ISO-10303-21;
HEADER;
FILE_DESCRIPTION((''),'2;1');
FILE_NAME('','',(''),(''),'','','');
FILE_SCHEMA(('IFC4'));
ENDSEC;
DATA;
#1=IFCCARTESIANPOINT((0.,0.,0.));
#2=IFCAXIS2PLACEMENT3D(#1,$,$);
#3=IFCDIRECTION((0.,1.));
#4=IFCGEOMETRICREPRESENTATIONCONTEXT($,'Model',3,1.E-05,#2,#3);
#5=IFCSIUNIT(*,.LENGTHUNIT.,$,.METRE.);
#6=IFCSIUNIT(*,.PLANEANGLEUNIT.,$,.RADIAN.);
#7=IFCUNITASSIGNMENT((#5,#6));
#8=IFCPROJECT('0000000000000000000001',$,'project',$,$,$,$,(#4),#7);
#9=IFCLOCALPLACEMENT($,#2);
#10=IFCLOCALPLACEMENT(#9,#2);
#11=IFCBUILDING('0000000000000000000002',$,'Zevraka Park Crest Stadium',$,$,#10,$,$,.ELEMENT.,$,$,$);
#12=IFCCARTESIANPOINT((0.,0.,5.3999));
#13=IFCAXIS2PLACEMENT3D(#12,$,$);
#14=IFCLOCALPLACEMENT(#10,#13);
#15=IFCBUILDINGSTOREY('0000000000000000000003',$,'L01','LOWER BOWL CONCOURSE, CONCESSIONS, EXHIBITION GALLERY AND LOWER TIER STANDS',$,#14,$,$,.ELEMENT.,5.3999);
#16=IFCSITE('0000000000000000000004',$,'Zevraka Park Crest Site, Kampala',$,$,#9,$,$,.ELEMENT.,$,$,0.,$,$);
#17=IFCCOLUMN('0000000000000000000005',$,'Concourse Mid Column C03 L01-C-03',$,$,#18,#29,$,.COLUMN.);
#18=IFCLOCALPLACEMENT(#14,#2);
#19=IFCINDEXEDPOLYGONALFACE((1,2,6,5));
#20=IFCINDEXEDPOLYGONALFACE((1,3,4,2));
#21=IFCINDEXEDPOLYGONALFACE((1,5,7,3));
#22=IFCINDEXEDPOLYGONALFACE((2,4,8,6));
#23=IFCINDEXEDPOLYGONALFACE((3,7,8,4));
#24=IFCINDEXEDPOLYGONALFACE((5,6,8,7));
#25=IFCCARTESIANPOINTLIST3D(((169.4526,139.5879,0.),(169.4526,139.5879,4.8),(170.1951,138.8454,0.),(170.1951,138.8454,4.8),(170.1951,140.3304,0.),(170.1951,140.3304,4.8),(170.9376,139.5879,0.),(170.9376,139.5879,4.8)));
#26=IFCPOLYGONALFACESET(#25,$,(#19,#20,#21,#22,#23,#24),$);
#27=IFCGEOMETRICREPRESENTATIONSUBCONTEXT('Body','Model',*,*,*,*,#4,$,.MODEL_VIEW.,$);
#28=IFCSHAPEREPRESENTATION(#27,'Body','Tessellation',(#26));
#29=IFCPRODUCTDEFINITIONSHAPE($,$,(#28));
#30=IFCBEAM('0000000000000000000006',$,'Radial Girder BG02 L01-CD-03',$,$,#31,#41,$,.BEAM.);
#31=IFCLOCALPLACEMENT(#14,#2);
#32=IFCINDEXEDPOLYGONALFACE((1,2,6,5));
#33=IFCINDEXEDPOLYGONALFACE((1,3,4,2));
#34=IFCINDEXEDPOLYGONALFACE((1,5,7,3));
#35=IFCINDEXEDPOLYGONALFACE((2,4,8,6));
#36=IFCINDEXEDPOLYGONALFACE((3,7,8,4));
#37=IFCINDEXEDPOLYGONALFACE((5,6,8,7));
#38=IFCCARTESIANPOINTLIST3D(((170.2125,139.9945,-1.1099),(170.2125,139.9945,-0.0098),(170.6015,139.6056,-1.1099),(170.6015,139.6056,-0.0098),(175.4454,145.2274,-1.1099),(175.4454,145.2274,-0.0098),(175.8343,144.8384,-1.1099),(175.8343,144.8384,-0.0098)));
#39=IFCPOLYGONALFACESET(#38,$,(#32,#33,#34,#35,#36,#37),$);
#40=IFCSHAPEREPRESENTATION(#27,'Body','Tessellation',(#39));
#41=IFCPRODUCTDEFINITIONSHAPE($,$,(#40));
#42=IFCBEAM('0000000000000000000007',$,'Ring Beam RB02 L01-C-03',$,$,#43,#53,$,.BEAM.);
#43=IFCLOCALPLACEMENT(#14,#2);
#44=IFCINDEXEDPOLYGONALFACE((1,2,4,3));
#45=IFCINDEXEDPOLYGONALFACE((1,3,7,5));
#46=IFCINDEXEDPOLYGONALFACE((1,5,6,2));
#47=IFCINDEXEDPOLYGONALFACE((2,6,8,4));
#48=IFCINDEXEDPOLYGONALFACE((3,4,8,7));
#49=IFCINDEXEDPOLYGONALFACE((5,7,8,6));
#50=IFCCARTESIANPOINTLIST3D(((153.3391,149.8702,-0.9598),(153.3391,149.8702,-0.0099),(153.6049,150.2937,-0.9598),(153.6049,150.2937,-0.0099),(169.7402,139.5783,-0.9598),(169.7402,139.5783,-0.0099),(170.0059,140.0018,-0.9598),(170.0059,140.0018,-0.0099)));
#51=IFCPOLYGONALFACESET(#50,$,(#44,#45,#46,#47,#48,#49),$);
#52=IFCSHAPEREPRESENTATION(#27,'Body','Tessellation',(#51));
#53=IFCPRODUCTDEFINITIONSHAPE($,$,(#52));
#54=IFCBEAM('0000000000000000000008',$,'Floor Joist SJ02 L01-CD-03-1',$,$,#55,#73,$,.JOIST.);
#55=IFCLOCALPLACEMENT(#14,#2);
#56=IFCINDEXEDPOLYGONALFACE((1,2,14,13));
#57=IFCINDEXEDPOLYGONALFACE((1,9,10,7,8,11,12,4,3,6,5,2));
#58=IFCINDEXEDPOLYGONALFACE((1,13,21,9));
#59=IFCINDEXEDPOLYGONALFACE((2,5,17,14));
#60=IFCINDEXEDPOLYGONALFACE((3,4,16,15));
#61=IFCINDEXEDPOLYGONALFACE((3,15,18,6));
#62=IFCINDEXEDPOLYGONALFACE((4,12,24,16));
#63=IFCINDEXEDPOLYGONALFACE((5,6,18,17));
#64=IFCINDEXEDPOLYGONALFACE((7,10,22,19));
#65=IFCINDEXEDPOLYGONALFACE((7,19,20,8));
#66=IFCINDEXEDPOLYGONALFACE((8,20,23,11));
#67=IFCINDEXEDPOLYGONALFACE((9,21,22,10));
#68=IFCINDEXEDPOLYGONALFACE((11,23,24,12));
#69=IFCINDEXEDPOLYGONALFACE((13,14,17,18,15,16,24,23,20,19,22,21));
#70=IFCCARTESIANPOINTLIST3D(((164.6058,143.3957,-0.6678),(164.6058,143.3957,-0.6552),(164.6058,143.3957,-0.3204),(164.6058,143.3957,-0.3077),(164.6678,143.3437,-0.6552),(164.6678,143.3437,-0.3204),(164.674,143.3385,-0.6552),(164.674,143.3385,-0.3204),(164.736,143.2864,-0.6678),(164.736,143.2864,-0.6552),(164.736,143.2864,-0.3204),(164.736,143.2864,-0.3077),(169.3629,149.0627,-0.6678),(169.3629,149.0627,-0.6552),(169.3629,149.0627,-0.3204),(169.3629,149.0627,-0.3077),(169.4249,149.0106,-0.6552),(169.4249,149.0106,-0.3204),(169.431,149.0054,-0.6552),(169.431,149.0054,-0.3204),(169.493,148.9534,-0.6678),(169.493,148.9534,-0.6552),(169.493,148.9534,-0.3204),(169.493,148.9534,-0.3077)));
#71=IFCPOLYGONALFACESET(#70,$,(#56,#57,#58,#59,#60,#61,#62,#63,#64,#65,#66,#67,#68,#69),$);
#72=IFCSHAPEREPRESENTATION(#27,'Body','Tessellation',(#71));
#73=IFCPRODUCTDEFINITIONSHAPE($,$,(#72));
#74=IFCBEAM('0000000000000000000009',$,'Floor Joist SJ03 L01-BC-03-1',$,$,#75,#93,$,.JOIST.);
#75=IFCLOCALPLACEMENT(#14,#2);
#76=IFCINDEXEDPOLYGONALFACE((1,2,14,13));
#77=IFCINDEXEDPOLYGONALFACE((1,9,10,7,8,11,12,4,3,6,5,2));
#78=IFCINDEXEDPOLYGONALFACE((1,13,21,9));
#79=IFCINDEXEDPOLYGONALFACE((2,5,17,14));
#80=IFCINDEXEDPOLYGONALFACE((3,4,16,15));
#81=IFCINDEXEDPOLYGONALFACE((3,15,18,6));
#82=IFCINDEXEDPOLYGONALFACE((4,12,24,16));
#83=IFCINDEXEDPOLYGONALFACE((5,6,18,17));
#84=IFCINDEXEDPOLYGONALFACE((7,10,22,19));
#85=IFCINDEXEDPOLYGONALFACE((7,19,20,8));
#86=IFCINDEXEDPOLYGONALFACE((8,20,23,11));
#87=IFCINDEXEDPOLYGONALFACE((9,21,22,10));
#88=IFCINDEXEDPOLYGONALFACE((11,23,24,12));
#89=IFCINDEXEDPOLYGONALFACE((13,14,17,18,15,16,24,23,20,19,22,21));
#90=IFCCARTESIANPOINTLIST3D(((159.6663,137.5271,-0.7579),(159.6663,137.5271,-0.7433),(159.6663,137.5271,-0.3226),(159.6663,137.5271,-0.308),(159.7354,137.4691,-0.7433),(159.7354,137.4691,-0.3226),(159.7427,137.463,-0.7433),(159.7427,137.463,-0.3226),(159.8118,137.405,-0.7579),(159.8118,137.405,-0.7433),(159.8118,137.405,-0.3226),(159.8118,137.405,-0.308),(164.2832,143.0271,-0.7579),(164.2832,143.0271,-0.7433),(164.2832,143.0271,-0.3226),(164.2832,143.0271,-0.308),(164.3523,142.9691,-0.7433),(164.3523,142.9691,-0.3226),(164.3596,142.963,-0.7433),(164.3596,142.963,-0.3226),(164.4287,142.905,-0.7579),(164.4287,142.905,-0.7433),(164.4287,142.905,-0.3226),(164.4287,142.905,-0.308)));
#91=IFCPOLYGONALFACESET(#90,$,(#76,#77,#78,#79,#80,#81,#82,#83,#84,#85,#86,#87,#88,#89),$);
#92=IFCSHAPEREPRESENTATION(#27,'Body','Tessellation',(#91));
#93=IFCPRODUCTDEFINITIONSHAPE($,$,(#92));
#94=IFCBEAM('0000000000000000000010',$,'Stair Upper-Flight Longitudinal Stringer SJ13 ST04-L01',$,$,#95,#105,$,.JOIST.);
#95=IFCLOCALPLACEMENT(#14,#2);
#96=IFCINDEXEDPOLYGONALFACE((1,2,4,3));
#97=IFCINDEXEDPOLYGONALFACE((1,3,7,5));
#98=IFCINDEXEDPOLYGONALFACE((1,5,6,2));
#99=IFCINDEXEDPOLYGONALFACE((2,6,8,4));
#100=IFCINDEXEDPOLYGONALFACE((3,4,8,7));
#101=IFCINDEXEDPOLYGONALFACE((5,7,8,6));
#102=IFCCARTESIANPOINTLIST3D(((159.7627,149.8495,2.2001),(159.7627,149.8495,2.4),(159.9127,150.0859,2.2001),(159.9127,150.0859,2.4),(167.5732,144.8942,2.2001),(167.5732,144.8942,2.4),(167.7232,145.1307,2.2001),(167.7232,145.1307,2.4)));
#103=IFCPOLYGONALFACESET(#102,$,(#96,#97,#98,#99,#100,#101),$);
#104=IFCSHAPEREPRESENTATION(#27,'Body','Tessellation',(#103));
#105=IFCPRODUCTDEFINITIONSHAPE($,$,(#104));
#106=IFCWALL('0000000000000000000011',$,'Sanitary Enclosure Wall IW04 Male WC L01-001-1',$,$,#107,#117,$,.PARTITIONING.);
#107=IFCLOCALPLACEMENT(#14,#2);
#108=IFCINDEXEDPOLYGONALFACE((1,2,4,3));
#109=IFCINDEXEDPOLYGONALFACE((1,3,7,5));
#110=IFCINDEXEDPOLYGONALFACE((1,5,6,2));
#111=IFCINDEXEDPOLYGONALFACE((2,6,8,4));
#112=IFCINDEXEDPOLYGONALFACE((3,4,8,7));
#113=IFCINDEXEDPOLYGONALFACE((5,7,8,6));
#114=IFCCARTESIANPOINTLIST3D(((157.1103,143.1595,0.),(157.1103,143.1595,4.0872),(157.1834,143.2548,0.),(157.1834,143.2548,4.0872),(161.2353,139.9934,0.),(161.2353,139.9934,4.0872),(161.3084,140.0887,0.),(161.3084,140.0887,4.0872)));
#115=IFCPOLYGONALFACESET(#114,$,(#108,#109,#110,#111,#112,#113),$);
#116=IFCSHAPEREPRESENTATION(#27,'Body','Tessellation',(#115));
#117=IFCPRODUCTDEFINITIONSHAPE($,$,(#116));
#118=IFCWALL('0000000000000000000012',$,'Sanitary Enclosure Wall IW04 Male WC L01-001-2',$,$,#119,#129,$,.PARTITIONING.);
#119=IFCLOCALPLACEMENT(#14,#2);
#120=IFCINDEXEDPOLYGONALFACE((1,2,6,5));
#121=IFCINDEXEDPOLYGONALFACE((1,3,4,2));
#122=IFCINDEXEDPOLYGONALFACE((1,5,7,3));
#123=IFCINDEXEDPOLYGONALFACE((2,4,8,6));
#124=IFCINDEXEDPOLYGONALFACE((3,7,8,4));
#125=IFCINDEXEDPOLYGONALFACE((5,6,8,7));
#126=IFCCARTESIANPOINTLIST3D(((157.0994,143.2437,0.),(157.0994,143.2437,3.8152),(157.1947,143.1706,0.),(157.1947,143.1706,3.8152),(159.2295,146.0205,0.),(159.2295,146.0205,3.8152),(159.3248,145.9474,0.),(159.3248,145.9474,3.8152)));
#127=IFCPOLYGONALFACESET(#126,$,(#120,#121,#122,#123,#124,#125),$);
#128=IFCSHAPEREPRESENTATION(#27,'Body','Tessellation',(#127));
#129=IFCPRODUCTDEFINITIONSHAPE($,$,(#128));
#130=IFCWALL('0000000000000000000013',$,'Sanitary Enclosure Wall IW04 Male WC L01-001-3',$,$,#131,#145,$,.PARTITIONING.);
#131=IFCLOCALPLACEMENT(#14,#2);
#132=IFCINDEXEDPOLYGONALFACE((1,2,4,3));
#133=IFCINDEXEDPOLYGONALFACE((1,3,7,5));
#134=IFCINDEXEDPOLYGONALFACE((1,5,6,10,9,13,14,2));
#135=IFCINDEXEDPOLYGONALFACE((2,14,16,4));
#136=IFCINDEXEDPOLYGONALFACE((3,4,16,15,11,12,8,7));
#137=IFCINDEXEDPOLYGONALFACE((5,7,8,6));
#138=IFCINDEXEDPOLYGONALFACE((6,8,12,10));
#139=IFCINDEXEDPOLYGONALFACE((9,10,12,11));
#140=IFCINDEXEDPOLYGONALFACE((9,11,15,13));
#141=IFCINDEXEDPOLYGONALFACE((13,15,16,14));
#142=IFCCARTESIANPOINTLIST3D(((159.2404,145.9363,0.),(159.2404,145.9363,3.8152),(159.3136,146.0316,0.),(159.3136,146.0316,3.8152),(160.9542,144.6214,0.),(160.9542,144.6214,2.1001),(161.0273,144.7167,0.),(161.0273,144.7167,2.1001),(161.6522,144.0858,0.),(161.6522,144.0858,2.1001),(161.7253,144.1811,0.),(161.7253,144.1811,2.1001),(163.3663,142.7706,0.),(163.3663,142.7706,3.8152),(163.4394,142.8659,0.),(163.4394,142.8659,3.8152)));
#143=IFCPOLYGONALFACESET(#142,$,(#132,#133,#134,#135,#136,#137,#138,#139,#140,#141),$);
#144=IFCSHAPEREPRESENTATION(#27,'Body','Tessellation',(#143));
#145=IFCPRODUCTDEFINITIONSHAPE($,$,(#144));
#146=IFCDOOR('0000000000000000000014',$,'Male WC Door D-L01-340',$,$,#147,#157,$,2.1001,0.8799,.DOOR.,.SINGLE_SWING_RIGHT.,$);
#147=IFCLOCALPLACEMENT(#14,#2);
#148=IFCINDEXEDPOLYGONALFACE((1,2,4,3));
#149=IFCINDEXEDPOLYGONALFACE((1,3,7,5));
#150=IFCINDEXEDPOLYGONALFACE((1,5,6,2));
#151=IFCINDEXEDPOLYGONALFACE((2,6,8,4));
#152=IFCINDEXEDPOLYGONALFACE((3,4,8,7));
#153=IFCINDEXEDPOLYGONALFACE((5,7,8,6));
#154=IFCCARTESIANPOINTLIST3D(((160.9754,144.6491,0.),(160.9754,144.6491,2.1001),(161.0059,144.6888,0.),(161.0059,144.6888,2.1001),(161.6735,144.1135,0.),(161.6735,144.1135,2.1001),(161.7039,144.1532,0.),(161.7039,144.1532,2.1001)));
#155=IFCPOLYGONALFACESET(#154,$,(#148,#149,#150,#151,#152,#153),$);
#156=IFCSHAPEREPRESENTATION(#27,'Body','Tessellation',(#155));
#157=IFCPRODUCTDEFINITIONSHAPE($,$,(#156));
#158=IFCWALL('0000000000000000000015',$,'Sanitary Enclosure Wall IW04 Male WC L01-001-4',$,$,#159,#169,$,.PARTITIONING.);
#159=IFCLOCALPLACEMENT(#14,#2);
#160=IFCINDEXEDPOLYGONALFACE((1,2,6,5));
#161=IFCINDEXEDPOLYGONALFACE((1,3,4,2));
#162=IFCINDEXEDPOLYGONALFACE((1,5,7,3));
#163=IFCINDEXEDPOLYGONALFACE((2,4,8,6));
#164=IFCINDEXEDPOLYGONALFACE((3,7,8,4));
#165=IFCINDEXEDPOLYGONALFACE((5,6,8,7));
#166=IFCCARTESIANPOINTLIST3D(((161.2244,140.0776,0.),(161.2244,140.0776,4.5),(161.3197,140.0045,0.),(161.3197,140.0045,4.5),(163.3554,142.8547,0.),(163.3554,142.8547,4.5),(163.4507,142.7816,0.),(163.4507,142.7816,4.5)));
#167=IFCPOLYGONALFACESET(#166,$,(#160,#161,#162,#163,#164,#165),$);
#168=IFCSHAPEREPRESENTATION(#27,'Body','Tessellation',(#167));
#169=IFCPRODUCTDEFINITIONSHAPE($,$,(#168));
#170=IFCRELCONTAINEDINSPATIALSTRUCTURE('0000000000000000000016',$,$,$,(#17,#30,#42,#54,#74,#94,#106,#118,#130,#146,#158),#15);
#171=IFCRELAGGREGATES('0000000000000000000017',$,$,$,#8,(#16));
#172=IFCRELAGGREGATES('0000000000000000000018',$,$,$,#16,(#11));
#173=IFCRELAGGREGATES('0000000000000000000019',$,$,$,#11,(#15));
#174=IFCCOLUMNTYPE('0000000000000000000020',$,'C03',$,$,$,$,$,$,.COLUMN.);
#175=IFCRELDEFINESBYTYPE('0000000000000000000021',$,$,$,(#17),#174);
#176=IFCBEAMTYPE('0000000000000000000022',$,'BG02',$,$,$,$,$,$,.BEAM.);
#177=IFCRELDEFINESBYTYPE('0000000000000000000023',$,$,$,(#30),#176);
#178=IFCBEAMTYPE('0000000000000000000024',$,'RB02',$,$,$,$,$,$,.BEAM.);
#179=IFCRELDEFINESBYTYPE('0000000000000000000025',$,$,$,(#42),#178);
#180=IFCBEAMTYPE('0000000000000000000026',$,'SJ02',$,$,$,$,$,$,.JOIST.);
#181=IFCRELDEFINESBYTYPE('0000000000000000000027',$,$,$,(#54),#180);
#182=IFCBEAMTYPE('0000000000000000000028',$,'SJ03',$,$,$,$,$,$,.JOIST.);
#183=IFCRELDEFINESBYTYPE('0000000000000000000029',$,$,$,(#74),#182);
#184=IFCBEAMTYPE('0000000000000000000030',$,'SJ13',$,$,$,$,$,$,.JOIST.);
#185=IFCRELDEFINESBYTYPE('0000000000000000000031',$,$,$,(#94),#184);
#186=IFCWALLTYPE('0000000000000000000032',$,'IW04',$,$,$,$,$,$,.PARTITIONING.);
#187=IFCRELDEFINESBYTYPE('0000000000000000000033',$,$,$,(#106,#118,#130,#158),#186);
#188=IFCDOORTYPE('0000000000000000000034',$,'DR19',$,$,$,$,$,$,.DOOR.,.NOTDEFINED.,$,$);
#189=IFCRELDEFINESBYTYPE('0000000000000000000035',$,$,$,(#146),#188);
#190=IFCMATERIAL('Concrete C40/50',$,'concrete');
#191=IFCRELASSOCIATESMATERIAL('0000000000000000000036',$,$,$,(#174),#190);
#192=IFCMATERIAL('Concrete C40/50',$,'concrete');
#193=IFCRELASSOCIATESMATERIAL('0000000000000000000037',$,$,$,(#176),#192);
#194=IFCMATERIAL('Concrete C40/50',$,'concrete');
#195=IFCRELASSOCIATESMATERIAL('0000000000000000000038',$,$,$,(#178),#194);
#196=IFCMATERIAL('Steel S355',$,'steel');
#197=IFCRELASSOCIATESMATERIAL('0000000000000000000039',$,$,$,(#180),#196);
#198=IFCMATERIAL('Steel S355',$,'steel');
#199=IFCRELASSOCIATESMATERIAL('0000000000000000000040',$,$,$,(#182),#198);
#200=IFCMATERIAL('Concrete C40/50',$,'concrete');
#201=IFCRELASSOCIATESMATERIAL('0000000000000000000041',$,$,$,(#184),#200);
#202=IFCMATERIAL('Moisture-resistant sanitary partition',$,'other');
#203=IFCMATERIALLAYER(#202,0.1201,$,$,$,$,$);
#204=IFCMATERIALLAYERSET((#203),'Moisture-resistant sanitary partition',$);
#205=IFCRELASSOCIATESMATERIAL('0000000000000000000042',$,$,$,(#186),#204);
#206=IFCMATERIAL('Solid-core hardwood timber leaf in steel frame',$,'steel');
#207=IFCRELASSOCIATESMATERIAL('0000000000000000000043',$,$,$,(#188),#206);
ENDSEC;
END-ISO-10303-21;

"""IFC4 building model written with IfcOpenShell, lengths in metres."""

from ifc_helpers import new_model, si_unit, direction, frame, frame_2d, origin, origin_2d, place, context, subcontext, project, spatial, rectangle, i_section, extrude, material, layer, layer_set, material_profile, profile_set, type_object, element, fill, save


model = new_model("IFC4")

# Units and contexts
model_context = context("Model", 3, precision=1e-05, world=origin(), true_north=direction((0.0, 1.0)))
body_context = subcontext(model_context, "Body", "Model", "MODEL_VIEW")
ifc_project = project(units=[si_unit("LENGTHUNIT", "METRE"), si_unit("PLANEANGLEUNIT", "RADIAN")], contexts=[model_context])

# Site, building, storey
site_placement = place(None, origin())
site = spatial("IfcSite", under=ifc_project, at=site_placement, Name="Zevraka Park Crest Site, Kampala", CompositionType="ELEMENT", RefElevation=0.0)
building_placement = place(site_placement, origin())
building = spatial("IfcBuilding", under=site, at=building_placement, Name="Zevraka Park Crest Stadium", CompositionType="ELEMENT")
storey_placement = place(building_placement, frame((0.0, 0.0, 5.3999)))
storey = spatial("IfcBuildingStorey", under=building, at=storey_placement, Name="L01", Description="LOWER BOWL CONCOURSE, CONCESSIONS, EXHIBITION GALLERY AND LOWER TIER STANDS", CompositionType="ELEMENT", Elevation=5.3999)

# Column
ifc_material_1 = material(Name="Concrete C40/50", Category="concrete")
ifc_material_profile_1 = material_profile(ifc_material_1, rectangle(XDim=1.05, YDim=1.05, at=origin_2d()), Name="RC 1050x1050")
ifc_profile_set_1 = profile_set([ifc_material_profile_1], Name="Concrete C40/50")
column_type = type_object("IfcColumnType", Name="C03", PredefinedType="COLUMN", material=ifc_profile_set_1)
column_placement = place(storey_placement, frame((170.1951, 139.5879, 0.0), z_axis=(0.0, 0.0, 1.0), x_axis=(0.707107, 0.707107, 0.0)))
element("IfcColumn", 1, at=column_placement, inside=storey, type_object=column_type, Name="Concourse Mid Column C03 L01-C-03", PredefinedType="COLUMN", context=body_context, shape_type="SweptSolid", body=[
    extrude(rectangle(XDim=1.05, YDim=1.05, at=origin_2d()), origin(), (0.0, 0.0, 1.0), 4.8),
])

# Beams
ifc_material_2 = material(Name="Concrete C40/50", Category="concrete")
ifc_material_profile_2 = material_profile(ifc_material_2, rectangle(XDim=0.55, YDim=1.1001, at=origin_2d()), Name="RC 1100x550")
ifc_profile_set_2 = profile_set([ifc_material_profile_2], Name="Concrete C40/50")
beam_type_1 = type_object("IfcBeamType", Name="BG02", PredefinedType="BEAM", material=ifc_profile_set_2)
beam_1_placement = place(storey_placement, frame((170.407, 139.8, -0.5598), z_axis=(0.707107, 0.707107, 0.0), x_axis=(-0.707107, 0.707107, 0.0)))
element("IfcBeam", 2, at=beam_1_placement, inside=storey, type_object=beam_type_1, Name="Radial Girder BG02 L01-CD-03", PredefinedType="BEAM", context=body_context, shape_type="SweptSolid", body=[
    extrude(rectangle(XDim=0.55, YDim=1.1001, at=origin_2d()), origin(), (0.0, 0.0, 1.0), 7.4004),
])
ifc_material_3 = material(Name="Concrete C40/50", Category="concrete")
ifc_material_profile_3 = material_profile(ifc_material_3, rectangle(XDim=0.5, YDim=0.95, at=origin_2d()), Name="RC 950x500")
ifc_profile_set_3 = profile_set([ifc_material_profile_3], Name="Concrete C40/50")
beam_type_2 = type_object("IfcBeamType", Name="RB02", PredefinedType="BEAM", material=ifc_profile_set_3)
beam_2_placement = place(storey_placement, frame((169.873, 139.79, -0.4849), z_axis=(-0.847039, 0.531532, 0.0), x_axis=(-0.531532, -0.847039, 0.0)))
element("IfcBeam", 3, at=beam_2_placement, inside=storey, type_object=beam_type_2, Name="Ring Beam RB02 L01-C-03", PredefinedType="BEAM", context=body_context, shape_type="SweptSolid", body=[
    extrude(rectangle(XDim=0.5, YDim=0.95, at=origin_2d()), origin(), (0.0, 0.0, 1.0), 19.3628),
])
ifc_material_4 = material(Name="Steel S355", Category="steel")
ifc_material_profile_4 = material_profile(ifc_material_4, i_section(OverallWidth=0.1699, OverallDepth=0.3601, WebThickness=0.0081, FlangeThickness=0.0127, at=origin_2d()), Name="IPE 360")
ifc_profile_set_4 = profile_set([ifc_material_profile_4], Name="Steel S355")
beam_type_3 = type_object("IfcBeamType", Name="SJ02", PredefinedType="JOIST", material=ifc_profile_set_4)
beam_3_placement = place(storey_placement, frame((164.6709, 143.3411, -0.4878), z_axis=(0.642939, 0.765917, 0.0), x_axis=(-0.765917, 0.642939, 0.0)))
element("IfcBeam", 4, at=beam_3_placement, inside=storey, type_object=beam_type_3, Name="Floor Joist SJ02 L01-CD-03-1", PredefinedType="JOIST", context=body_context, shape_type="SweptSolid", body=[
    extrude(i_section(OverallWidth=0.1699, OverallDepth=0.3601, WebThickness=0.0081, FlangeThickness=0.0127, at=origin_2d()), origin(), (0.0, 0.0, 1.0), 7.3989),
])
ifc_material_5 = material(Name="Steel S355", Category="steel")
ifc_material_profile_5 = material_profile(ifc_material_5, i_section(OverallWidth=0.1899, OverallDepth=0.45, WebThickness=0.0095, FlangeThickness=0.0146, at=origin_2d()), Name="IPE 450")
ifc_profile_set_5 = profile_set([ifc_material_profile_5], Name="Steel S355")
beam_type_4 = type_object("IfcBeamType", Name="SJ03", PredefinedType="JOIST", material=ifc_profile_set_5)
beam_4_placement = place(storey_placement, frame((159.739, 137.4661, -0.533), z_axis=(0.642942, 0.765914, 0.0), x_axis=(-0.765914, 0.642942, 0.0)))
element("IfcBeam", 5, at=beam_4_placement, inside=storey, type_object=beam_type_4, Name="Floor Joist SJ03 L01-BC-03-1", PredefinedType="JOIST", context=body_context, shape_type="SweptSolid", body=[
    extrude(i_section(OverallWidth=0.1899, OverallDepth=0.45, WebThickness=0.0095, FlangeThickness=0.0146, at=origin_2d()), origin(), (0.0, 0.0, 1.0), 7.1809),
])
ifc_material_6 = material(Name="Concrete C40/50", Category="concrete")
ifc_material_profile_6 = material_profile(ifc_material_6, rectangle(XDim=0.28, YDim=0.2, at=origin_2d()), Name="RC 200x280")
ifc_profile_set_6 = profile_set([ifc_material_profile_6], Name="Concrete C40/50")
beam_type_5 = type_object("IfcBeamType", Name="SJ13", PredefinedType="JOIST", material=ifc_profile_set_6)
beam_5_placement = place(storey_placement, frame((167.6482, 145.0125, 2.3), z_axis=(-0.844396, 0.535719, 0.0), x_axis=(-0.535719, -0.844396, 0.0)))
element("IfcBeam", 6, at=beam_5_placement, inside=storey, type_object=beam_type_5, Name="Stair Upper-Flight Longitudinal Stringer SJ13 ST04-L01", PredefinedType="JOIST", context=body_context, shape_type="SweptSolid", body=[
    extrude(rectangle(XDim=0.28, YDim=0.2, at=origin_2d()), origin(), (0.0, 0.0, 1.0), 9.2498),
])

# Walls
ifc_material_7 = material(Name="Moisture-resistant sanitary partition", Category="other")
ifc_layer_1 = layer(ifc_material_7, 0.1201)
ifc_layer_set_1 = layer_set([ifc_layer_1], Name="Moisture-resistant sanitary partition")
wall_type_1 = type_object("IfcWallType", Name="IW04", PredefinedType="PARTITIONING", material=ifc_layer_set_1)
wall_1_placement = place(storey_placement, frame((161.272, 140.041, 0.0), z_axis=(0.0, 0.0, 1.0), x_axis=(-0.79328, 0.608857, 0.0)))
element("IfcWall", 7, at=wall_1_placement, inside=storey, type_object=wall_type_1, Name="Sanitary Enclosure Wall IW04 Male WC L01-001-1", PredefinedType="PARTITIONING", context=body_context, shape_type="SweptSolid", body=[
    extrude(rectangle(XDim=5.2, YDim=0.1201, at=frame_2d((2.6001, 0.0))), origin(), (0.0, 0.0, 1.0), 4.0872),
])
wall_2_placement = place(storey_placement, frame((157.147, 143.207, 0.0), z_axis=(0.0, 0.0, 1.0), x_axis=(0.608648, 0.79344, 0.0)))
element("IfcWall", 8, at=wall_2_placement, inside=storey, type_object=wall_type_1, Name="Sanitary Enclosure Wall IW04 Male WC L01-001-2", PredefinedType="PARTITIONING", context=body_context, shape_type="SweptSolid", body=[
    extrude(rectangle(XDim=3.4998, YDim=0.1201, at=frame_2d((1.75, 0.0))), origin(), (0.0, 0.0, 1.0), 3.8152),
])

# Wall, opening, door
wall_3_placement = place(storey_placement, frame((159.2771, 145.9839, 0.0), z_axis=(0.0, 0.0, 1.0), x_axis=(0.793372, -0.608737, 0.0)))
wall_3 = element("IfcWall", 9, at=wall_3_placement, inside=storey, type_object=wall_type_1, Name="Sanitary Enclosure Wall IW04 Male WC L01-001-3", PredefinedType="PARTITIONING", context=body_context, shape_type="SweptSolid", body=[
    extrude(rectangle(XDim=5.2004, YDim=0.1201, at=frame_2d((2.6001, 0.0))), origin(), (0.0, 0.0, 1.0), 3.8152),
])
opening_1_placement = place(wall_3_placement, frame((2.1599, 0.0, 0.0)))
opening_1 = element("IfcOpeningElement", 10, at=opening_1_placement, cuts=wall_3, PredefinedType="OPENING", context=body_context, shape_type="SweptSolid", body=[
    extrude(rectangle(XDim=0.8799, YDim=2.1001, at=frame_2d((0.4399, 1.05))), frame((0.0, 0.0701, 0.0), z_axis=(0.0, -1.0, 0.0), x_axis=(1.0, 0.0, 0.0)), (0.0, 0.0, 1.0), 0.1401),
])
ifc_material_8 = material(Name="Solid-core hardwood timber leaf in steel frame", Category="steel")
door_type_1 = type_object("IfcDoorType", Name="DR19", OperationType="NOTDEFINED", PredefinedType="DOOR", material=ifc_material_8)
door_1_placement = place(opening_1_placement, origin())
door_1 = element("IfcDoor", 11, at=door_1_placement, inside=storey, type_object=door_type_1, Name="Male WC Door D-L01-340", OperationType="SINGLE_SWING_RIGHT", OverallHeight=2.1001, OverallWidth=0.8799, PredefinedType="DOOR", context=body_context, shape_type="SweptSolid", body=[
    extrude(rectangle(XDim=0.8799, YDim=2.1001, at=frame_2d((0.4399, 1.05))), frame((0.0, 0.0249, 0.0), z_axis=(0.0, -1.0, 0.0), x_axis=(1.0, 0.0, 0.0)), (0.0, 0.0, 1.0), 0.05),
])
fill(opening_1, door_1)

# Wall
wall_4_placement = place(storey_placement, frame((163.4031, 142.8181, 0.0), z_axis=(0.0, 0.0, 1.0), x_axis=(-0.60879, -0.793331, 0.0)))
element("IfcWall", 12, at=wall_4_placement, inside=storey, type_object=wall_type_1, Name="Sanitary Enclosure Wall IW04 Male WC L01-001-4", PredefinedType="PARTITIONING", context=body_context, shape_type="SweptSolid", body=[
    extrude(rectangle(XDim=3.5005, YDim=0.1201, at=frame_2d((1.7502, 0.0))), origin(), (0.0, 0.0, 1.0), 4.5),
])

save(model, "model.ifc")
